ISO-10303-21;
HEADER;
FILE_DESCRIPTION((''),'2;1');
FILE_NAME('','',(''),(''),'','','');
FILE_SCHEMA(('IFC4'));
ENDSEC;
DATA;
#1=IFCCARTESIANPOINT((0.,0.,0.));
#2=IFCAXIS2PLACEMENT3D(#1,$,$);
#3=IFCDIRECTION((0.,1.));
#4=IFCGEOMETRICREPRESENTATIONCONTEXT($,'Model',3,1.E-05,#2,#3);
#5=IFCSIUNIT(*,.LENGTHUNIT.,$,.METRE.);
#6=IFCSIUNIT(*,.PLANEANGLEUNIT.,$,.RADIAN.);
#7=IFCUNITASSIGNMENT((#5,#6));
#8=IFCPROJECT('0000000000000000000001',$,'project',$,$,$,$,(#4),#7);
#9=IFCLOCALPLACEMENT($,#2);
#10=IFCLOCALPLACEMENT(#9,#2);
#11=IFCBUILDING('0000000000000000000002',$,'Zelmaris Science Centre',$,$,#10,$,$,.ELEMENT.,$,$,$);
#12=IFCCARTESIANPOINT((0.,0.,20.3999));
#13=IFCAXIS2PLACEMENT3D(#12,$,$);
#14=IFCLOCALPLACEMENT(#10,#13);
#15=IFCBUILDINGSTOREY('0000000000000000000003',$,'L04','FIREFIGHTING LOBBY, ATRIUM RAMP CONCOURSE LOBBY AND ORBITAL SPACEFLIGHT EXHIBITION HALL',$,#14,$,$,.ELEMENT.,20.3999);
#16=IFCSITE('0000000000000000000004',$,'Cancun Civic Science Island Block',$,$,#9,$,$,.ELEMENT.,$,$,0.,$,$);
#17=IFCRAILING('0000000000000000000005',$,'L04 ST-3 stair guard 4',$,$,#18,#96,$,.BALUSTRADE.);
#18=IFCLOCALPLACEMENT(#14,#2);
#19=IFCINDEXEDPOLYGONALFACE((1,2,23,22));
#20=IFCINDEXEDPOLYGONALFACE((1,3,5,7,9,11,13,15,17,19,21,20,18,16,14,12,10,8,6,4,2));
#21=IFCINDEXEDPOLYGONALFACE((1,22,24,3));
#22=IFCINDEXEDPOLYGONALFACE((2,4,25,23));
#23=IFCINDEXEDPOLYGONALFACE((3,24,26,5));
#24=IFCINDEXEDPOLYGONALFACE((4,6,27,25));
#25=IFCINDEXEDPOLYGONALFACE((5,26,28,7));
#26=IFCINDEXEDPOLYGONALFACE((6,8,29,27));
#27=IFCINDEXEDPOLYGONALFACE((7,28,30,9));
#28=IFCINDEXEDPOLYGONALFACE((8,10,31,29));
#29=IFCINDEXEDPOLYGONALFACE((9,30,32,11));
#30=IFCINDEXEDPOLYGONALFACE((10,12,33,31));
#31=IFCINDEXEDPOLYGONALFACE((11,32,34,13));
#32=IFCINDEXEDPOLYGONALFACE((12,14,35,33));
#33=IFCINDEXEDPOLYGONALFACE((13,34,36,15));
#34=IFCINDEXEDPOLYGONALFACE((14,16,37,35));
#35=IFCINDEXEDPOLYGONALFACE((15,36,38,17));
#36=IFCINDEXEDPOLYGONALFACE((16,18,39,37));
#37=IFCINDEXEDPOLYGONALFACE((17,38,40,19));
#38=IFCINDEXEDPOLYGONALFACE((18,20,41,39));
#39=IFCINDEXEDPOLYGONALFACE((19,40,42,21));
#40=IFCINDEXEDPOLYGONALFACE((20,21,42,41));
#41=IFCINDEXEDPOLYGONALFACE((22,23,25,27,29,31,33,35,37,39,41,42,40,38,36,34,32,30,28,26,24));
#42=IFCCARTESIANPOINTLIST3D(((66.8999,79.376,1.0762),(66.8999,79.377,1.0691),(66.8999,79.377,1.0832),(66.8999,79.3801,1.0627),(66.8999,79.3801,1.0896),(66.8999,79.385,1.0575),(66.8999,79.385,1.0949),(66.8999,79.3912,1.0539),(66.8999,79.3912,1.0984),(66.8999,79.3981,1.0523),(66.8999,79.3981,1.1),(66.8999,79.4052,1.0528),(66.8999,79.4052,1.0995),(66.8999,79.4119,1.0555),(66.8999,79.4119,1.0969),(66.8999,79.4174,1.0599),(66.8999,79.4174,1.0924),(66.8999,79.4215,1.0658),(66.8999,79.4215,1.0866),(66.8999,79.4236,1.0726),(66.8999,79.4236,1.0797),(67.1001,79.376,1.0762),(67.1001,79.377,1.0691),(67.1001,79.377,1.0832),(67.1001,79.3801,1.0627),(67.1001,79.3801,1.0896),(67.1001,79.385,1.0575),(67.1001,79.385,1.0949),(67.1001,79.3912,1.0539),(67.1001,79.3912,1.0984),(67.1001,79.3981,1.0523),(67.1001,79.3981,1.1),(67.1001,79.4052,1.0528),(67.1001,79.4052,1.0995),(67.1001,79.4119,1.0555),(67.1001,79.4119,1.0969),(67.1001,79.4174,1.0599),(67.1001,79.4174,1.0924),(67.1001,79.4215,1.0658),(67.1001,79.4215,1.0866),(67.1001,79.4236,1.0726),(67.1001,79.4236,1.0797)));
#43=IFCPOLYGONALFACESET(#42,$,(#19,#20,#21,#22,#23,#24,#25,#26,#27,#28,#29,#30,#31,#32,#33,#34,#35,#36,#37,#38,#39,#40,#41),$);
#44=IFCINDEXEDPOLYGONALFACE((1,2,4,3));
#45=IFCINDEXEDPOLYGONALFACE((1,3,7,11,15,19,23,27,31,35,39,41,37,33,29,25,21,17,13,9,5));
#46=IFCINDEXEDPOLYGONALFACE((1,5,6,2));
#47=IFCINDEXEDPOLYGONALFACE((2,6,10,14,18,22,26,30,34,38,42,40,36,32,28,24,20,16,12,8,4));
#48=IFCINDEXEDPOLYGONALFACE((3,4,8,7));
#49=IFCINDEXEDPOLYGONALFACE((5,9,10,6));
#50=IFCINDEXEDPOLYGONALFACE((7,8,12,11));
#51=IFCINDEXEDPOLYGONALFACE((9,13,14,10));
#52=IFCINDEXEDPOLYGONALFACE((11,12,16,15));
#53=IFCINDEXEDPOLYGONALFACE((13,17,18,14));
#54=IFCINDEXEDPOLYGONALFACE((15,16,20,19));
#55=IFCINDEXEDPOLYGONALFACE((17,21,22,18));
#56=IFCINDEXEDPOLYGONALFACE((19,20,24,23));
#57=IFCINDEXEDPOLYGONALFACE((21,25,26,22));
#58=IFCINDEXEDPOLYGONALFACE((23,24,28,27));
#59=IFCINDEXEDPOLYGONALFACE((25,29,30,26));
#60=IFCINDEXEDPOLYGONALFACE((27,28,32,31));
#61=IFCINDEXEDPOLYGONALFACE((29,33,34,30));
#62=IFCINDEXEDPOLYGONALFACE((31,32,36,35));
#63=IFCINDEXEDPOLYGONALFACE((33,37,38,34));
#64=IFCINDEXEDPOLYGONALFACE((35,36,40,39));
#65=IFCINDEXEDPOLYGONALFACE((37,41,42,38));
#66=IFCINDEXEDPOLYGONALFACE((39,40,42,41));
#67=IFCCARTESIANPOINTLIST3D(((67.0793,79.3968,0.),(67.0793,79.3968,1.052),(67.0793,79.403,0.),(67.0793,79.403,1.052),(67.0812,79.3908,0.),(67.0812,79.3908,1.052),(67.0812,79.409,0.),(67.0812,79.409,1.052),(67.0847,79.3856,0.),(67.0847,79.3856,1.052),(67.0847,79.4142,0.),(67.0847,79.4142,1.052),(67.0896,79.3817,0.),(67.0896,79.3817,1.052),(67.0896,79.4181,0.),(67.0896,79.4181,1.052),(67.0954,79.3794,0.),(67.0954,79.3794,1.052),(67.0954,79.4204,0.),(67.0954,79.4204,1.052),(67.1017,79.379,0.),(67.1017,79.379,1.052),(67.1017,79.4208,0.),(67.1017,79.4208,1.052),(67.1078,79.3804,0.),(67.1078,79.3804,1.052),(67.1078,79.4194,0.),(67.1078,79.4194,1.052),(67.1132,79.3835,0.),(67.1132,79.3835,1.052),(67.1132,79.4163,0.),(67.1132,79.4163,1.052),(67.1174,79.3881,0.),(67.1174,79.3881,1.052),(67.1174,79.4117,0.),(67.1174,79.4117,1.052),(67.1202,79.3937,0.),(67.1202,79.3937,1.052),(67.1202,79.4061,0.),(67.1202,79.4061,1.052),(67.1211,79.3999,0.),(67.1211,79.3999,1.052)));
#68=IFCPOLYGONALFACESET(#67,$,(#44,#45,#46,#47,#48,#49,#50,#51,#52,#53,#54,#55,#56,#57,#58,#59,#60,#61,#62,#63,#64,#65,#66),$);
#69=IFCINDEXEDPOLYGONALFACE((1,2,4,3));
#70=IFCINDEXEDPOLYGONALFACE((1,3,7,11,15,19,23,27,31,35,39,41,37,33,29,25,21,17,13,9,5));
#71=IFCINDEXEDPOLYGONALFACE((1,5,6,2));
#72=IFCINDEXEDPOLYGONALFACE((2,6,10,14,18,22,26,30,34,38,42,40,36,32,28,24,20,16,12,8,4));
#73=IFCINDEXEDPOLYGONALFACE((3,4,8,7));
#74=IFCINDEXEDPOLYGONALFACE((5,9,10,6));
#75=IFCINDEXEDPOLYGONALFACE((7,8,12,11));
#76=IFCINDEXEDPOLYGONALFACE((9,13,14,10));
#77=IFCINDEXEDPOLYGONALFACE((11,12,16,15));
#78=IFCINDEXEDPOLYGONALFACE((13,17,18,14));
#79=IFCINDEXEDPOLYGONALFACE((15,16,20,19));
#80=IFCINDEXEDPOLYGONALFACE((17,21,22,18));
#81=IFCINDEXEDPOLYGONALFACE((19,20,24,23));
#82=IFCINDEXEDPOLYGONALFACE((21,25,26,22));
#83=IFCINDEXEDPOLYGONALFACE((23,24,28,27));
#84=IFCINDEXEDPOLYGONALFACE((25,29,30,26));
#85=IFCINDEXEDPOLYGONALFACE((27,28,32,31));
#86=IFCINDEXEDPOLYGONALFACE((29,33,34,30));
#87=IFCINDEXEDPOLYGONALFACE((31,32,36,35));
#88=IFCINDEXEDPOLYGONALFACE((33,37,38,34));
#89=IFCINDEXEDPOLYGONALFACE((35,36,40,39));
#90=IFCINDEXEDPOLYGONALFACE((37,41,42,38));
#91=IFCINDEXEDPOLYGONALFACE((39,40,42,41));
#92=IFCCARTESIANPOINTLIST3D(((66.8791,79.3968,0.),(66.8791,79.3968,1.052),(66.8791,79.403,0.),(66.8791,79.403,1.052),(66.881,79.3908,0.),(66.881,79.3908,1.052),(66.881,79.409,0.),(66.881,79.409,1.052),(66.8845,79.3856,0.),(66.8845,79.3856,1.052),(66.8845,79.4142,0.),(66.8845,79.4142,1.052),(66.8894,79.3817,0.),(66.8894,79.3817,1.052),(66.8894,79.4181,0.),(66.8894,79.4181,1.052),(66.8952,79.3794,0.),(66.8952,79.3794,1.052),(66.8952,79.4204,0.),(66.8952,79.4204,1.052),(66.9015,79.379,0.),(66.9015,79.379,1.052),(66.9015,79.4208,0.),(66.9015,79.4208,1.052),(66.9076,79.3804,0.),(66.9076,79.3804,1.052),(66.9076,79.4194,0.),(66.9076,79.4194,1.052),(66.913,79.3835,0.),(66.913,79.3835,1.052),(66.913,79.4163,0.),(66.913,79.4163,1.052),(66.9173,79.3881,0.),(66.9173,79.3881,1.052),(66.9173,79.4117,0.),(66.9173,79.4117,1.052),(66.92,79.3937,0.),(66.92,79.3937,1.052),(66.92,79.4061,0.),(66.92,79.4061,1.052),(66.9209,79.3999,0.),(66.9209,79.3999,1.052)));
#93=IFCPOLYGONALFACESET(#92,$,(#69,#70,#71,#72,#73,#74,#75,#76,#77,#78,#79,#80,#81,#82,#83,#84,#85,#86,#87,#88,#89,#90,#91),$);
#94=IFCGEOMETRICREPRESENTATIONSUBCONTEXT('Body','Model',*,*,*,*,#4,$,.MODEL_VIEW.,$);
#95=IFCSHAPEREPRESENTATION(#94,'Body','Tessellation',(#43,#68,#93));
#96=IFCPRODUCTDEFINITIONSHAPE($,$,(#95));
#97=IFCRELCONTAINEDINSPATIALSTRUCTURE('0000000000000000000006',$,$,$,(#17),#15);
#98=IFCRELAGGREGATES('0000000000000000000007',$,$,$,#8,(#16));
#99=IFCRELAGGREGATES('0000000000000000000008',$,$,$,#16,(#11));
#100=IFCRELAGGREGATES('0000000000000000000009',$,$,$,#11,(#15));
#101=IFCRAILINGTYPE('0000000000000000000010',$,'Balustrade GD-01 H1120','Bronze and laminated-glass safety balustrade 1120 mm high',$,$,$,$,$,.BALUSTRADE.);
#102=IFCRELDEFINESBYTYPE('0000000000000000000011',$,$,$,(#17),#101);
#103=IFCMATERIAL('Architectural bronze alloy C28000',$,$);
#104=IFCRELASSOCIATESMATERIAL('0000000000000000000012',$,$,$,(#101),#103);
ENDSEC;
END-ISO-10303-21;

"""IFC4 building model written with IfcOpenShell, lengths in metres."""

from ifc_helpers import new_model, si_unit, direction, frame, origin, origin_2d, place, context, subcontext, project, spatial, circle, extrude, material, type_object, element, save


model = new_model("IFC4")

# Units and contexts
model_context = context("Model", 3, precision=1e-05, world=origin(), true_north=direction((0.0, 1.0)))
body_context = subcontext(model_context, "Body", "Model", "MODEL_VIEW")
ifc_project = project(units=[si_unit("LENGTHUNIT", "METRE"), si_unit("PLANEANGLEUNIT", "RADIAN")], contexts=[model_context])

# Site, building, storey
site_placement = place(None, origin())
site = spatial("IfcSite", under=ifc_project, at=site_placement, Name="Cancun Civic Science Island Block", CompositionType="ELEMENT", RefElevation=0.0)
building_placement = place(site_placement, origin())
building = spatial("IfcBuilding", under=site, at=building_placement, Name="Zelmaris Science Centre", CompositionType="ELEMENT")
storey_placement = place(building_placement, frame((0.0, 0.0, 20.3999)))
storey = spatial("IfcBuildingStorey", under=building, at=storey_placement, Name="L04", Description="FIREFIGHTING LOBBY, ATRIUM RAMP CONCOURSE LOBBY AND ORBITAL SPACEFLIGHT EXHIBITION HALL", CompositionType="ELEMENT", Elevation=20.3999)

# Railing
ifc_material_1 = material(Name="Architectural bronze alloy C28000")
railing_type_1 = type_object("IfcRailingType", Name="Balustrade GD-01 H1120", Description="Bronze and laminated-glass safety balustrade 1120 mm high", PredefinedType="BALUSTRADE", material=ifc_material_1)
railing_1_placement = place(storey_placement, frame((67.1001, 79.3999, 0.0)))
element("IfcRailing", 1, at=railing_1_placement, inside=storey, type_object=railing_type_1, Name="L04 ST-3 stair guard 4", PredefinedType="BALUSTRADE", context=body_context, shape_type="SweptSolid", body=[
    extrude(circle(Radius=0.0239, at=origin_2d()), frame((0.0, 0.0, 1.0762), z_axis=(-1.0, 0.0, 0.0), x_axis=(0.0, -1.0, 0.0)), (0.0, 0.0, 1.0), 0.2002),
    extrude(circle(Radius=0.021, at=origin_2d()), origin(), (0.0, 0.0, 1.0), 1.052),
    extrude(circle(Radius=0.021, at=origin_2d()), frame((-0.2002, 0.0, 0.0)), (0.0, 0.0, 1.0), 1.052),
])

save(model, "model.ifc")
